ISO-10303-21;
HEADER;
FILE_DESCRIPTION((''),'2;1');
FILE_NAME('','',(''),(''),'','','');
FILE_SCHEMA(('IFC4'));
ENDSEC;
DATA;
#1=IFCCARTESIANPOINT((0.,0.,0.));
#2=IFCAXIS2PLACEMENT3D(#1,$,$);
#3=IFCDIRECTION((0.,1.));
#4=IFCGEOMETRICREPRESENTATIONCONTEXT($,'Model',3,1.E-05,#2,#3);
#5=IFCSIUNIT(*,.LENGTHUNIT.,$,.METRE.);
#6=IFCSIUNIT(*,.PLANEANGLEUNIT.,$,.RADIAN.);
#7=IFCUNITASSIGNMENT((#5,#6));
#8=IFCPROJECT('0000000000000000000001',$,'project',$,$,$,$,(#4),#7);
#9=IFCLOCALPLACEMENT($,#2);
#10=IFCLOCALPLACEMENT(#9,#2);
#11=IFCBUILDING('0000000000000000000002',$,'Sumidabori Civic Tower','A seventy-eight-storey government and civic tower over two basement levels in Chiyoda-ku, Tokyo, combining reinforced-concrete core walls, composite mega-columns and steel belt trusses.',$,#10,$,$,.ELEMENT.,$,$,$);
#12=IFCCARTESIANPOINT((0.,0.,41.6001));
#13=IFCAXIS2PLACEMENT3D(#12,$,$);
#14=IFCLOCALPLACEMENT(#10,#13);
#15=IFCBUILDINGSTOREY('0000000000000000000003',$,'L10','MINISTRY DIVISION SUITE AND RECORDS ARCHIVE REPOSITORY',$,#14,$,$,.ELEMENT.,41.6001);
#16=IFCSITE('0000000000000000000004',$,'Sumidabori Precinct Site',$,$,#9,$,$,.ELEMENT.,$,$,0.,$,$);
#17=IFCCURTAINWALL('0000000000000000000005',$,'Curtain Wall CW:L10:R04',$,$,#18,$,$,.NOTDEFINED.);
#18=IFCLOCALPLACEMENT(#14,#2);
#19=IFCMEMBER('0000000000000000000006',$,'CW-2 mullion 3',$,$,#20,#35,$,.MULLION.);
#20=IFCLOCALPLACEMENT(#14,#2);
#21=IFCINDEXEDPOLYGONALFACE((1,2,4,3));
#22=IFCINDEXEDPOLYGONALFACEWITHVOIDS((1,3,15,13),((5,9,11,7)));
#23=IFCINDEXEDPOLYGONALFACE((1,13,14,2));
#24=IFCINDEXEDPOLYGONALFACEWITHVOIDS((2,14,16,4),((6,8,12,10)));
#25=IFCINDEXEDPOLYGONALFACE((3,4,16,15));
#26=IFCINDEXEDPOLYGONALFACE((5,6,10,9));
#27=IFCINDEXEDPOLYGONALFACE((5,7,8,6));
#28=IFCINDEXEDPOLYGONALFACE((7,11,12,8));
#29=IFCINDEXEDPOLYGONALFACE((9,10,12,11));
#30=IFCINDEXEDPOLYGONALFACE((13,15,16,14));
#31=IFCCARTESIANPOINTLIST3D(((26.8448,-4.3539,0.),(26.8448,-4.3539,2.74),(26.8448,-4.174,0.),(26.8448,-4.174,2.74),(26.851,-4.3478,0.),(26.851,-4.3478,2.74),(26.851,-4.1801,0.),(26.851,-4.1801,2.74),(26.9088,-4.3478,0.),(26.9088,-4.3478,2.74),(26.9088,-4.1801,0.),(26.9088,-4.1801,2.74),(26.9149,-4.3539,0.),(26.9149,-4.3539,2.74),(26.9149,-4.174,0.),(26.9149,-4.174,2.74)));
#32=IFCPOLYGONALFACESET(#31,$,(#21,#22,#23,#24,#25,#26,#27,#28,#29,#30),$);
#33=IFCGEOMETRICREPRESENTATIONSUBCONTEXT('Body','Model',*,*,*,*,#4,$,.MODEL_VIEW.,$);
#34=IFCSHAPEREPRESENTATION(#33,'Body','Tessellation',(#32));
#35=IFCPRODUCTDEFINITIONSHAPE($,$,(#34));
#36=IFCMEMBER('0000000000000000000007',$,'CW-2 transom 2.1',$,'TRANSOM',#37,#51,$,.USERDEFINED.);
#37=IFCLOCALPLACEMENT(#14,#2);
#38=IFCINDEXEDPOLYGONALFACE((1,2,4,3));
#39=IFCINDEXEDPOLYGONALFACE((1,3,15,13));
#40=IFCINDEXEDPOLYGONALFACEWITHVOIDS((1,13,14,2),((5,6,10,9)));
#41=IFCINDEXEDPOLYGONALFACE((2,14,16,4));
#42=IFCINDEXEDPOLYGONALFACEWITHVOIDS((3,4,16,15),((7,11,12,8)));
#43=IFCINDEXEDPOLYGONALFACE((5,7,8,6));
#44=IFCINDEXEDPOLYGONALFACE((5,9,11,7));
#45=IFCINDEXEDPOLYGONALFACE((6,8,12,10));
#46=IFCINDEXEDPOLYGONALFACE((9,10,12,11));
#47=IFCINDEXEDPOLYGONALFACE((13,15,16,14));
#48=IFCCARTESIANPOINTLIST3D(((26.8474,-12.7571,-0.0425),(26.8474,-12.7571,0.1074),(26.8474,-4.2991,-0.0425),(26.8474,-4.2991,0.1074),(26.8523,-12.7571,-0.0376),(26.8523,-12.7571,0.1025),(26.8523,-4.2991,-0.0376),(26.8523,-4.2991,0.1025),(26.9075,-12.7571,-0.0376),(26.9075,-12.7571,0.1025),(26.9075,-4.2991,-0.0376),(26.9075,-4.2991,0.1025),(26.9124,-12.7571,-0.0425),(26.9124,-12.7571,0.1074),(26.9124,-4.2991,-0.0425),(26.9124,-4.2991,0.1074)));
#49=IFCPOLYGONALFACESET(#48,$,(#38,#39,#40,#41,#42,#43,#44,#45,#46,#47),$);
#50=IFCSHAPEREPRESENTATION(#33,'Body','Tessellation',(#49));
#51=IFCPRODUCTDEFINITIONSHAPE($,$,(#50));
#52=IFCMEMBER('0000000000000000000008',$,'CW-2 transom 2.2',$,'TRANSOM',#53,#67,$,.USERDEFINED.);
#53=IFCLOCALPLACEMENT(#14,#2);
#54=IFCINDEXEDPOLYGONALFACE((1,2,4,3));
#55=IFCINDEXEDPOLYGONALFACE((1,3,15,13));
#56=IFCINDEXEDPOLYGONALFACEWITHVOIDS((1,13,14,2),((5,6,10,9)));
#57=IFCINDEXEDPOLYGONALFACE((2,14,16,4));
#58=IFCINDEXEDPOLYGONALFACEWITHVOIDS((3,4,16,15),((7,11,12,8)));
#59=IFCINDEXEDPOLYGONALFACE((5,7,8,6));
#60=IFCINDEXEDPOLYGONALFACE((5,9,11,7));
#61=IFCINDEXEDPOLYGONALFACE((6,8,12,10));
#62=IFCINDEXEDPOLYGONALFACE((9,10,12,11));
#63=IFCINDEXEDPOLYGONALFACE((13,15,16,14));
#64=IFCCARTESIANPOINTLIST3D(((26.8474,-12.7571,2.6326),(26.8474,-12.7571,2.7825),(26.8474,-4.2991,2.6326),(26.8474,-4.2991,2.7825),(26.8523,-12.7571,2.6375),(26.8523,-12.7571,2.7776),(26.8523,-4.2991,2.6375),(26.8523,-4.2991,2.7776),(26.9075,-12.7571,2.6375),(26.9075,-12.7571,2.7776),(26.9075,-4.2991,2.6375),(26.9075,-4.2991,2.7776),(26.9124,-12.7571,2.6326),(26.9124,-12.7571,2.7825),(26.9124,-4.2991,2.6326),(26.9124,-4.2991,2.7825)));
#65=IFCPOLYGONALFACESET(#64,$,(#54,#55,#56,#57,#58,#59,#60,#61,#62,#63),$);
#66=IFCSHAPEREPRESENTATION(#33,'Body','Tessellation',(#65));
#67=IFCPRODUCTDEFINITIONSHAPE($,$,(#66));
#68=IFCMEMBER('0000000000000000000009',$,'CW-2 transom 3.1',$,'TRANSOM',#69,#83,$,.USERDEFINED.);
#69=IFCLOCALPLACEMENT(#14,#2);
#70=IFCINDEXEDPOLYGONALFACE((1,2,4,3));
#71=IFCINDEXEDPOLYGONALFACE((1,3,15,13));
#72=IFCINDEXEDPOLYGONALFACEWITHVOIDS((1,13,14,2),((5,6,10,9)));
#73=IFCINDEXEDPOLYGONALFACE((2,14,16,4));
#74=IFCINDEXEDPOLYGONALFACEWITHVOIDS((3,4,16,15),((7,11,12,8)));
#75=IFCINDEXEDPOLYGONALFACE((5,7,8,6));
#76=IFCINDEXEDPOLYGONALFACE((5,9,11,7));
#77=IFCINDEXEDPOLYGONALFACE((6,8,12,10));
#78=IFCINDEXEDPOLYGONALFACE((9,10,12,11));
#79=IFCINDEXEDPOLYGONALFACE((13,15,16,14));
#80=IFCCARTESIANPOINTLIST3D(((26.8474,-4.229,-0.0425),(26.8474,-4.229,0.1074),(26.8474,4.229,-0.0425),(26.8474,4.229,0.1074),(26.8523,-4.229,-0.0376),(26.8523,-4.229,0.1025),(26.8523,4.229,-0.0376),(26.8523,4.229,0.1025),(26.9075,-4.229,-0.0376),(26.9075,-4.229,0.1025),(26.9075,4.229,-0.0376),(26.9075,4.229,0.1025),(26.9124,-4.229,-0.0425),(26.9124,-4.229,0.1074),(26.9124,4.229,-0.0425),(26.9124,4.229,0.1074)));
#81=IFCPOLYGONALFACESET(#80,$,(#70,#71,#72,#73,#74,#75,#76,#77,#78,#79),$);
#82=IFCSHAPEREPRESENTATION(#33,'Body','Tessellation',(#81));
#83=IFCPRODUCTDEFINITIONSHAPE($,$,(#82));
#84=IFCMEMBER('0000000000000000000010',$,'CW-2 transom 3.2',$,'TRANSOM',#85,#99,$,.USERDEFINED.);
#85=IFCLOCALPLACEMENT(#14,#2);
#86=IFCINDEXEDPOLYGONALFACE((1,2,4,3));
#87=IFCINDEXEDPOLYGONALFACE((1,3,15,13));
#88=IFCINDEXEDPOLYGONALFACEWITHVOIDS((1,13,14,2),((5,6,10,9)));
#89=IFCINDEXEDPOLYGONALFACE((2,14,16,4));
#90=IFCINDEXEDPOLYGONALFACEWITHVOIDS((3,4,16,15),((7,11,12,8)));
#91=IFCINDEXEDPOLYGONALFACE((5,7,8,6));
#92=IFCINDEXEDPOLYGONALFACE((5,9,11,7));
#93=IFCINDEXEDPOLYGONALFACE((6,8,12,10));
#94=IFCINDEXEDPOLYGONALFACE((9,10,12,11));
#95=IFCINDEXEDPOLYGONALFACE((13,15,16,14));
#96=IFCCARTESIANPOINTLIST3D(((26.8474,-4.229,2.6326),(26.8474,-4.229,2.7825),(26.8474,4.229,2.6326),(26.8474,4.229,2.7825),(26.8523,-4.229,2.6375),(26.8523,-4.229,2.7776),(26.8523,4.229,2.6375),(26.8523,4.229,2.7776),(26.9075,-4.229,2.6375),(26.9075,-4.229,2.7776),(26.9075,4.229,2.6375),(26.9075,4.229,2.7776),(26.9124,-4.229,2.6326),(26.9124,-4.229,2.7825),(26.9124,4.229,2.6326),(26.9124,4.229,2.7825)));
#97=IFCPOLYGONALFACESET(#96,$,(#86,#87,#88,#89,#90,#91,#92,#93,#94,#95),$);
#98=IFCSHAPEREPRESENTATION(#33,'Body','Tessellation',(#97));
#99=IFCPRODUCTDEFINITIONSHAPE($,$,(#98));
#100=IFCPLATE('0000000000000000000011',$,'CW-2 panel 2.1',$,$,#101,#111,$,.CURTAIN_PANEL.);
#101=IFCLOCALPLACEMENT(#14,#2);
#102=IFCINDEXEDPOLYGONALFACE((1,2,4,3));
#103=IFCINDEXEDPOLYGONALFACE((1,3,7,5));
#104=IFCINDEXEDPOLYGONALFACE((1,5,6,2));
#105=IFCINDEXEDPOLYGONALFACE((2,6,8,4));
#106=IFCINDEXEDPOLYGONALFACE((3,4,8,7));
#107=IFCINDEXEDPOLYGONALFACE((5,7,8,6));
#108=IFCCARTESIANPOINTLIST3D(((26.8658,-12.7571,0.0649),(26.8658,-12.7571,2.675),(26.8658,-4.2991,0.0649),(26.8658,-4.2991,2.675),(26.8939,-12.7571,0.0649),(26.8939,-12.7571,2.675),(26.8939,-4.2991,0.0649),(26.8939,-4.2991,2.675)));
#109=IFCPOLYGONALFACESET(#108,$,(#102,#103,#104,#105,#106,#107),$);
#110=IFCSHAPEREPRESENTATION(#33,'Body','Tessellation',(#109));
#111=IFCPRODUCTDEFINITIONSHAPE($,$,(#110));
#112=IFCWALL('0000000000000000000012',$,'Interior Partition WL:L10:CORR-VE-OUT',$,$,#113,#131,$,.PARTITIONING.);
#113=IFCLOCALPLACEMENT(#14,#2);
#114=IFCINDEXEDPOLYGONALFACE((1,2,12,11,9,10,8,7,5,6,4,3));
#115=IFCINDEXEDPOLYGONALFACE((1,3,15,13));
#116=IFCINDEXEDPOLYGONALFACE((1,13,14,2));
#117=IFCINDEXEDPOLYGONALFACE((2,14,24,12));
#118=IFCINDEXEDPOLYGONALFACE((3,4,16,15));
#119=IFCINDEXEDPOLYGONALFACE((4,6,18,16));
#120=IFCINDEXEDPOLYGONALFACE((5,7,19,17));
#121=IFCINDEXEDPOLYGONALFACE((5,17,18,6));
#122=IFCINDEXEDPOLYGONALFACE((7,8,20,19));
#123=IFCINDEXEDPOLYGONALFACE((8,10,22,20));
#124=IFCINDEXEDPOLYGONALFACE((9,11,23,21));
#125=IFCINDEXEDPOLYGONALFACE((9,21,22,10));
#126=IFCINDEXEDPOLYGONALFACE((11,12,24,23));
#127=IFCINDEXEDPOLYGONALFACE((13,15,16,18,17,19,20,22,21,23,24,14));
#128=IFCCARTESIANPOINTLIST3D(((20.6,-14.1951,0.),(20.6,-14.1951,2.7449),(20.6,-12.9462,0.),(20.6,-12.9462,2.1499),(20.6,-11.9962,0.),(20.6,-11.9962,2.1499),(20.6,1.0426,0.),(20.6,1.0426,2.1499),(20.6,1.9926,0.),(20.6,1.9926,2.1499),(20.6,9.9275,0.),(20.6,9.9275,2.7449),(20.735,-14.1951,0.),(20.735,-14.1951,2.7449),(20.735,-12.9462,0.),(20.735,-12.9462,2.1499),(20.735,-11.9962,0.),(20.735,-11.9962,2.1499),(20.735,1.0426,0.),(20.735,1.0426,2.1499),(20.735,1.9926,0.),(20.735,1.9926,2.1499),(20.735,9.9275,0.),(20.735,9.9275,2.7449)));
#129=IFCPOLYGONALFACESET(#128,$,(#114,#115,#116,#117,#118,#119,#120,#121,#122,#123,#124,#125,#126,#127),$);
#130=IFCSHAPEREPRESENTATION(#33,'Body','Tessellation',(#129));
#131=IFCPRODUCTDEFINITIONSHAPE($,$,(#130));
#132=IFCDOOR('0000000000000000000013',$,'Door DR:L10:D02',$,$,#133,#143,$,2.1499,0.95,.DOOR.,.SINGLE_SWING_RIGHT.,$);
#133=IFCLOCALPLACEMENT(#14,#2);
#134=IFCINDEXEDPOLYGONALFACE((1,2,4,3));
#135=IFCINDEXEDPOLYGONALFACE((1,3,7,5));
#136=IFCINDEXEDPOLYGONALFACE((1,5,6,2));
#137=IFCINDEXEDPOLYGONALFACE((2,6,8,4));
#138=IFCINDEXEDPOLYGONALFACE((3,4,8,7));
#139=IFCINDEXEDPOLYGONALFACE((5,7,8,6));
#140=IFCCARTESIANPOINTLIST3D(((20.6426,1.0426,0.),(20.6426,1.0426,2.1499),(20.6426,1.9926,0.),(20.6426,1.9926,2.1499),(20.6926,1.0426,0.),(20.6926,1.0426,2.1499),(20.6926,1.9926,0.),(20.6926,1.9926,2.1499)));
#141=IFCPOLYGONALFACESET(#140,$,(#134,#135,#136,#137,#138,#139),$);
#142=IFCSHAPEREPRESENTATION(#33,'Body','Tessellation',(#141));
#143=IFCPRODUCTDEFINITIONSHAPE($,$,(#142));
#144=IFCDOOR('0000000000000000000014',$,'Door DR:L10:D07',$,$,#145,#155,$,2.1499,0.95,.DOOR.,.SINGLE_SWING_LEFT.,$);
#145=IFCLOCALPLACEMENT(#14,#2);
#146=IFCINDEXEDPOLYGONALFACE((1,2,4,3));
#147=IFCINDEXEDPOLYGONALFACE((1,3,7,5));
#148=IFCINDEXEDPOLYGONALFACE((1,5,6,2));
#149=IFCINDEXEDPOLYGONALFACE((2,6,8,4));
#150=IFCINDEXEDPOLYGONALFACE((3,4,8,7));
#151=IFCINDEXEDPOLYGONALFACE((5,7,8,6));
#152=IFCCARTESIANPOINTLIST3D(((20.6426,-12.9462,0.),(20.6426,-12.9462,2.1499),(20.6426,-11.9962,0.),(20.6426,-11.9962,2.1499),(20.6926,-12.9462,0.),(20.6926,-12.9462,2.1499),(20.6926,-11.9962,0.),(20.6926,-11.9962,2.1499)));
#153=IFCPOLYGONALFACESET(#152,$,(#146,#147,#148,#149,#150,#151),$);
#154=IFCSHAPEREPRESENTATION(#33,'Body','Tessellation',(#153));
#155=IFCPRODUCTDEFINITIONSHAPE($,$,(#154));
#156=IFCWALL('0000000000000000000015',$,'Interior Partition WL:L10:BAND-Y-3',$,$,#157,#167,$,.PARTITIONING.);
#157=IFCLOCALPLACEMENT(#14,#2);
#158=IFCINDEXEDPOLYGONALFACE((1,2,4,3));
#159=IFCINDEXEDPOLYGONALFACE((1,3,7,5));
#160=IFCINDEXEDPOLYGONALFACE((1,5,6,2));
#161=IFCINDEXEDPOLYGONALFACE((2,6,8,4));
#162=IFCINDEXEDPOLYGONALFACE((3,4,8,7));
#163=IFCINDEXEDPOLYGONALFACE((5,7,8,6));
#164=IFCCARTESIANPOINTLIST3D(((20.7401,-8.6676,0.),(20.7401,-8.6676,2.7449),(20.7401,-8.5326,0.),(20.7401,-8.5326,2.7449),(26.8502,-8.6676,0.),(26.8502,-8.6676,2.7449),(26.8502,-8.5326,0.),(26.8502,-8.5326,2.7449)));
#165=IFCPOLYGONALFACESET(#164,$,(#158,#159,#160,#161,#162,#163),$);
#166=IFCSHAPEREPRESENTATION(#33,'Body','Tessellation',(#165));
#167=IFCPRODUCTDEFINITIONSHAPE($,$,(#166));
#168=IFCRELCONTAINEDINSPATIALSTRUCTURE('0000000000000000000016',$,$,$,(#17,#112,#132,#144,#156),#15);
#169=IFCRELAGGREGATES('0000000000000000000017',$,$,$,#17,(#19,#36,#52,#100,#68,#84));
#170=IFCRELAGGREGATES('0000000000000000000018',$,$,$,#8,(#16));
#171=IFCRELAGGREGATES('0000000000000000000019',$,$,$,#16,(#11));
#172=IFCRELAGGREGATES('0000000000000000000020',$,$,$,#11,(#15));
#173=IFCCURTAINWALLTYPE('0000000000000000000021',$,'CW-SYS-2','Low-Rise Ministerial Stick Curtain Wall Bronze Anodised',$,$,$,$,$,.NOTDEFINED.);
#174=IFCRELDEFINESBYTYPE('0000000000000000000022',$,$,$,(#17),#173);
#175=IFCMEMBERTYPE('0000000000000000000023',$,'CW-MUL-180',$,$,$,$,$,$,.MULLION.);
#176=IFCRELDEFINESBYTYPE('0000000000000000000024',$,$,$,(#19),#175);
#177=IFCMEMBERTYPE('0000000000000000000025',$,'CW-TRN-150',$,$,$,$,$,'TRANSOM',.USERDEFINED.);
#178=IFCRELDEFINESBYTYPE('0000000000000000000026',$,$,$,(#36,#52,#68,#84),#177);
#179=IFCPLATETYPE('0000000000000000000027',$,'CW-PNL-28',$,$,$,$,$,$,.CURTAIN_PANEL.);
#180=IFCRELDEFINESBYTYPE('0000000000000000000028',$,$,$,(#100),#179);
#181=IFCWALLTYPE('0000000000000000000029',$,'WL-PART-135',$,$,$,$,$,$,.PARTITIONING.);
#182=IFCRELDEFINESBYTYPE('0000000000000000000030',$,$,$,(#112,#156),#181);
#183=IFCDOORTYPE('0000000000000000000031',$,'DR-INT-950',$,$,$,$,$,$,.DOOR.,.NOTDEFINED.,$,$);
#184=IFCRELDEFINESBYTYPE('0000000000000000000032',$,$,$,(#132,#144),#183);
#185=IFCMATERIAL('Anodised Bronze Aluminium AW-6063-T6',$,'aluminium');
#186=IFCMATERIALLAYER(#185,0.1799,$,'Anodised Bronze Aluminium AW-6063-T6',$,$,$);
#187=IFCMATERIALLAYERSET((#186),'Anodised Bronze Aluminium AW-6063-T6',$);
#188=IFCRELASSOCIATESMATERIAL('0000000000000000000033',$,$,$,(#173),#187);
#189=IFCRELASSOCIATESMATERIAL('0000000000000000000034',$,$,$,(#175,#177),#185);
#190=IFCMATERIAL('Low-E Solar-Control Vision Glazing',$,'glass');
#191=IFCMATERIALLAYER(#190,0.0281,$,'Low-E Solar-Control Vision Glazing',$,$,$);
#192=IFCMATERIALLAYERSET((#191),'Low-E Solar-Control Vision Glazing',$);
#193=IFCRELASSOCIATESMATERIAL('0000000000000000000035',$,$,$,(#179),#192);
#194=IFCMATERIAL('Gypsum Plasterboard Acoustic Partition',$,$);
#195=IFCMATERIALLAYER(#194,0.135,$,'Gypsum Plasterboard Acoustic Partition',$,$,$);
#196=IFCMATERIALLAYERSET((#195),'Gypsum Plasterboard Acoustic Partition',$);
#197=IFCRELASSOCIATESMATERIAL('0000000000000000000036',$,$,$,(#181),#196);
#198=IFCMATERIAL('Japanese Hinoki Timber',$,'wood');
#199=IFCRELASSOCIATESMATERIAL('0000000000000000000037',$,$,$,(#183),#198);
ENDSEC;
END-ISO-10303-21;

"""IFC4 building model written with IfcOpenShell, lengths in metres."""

from ifc_helpers import new_model, si_unit, direction, frame, frame_2d, origin, origin_2d, place, context, subcontext, project, spatial, rectangle, hollow_rectangle, extrude, source, transform, mapped, material, layer, layer_set, material_profile, profile_set, type_object, element, fill, aggregate, save


model = new_model("IFC4")

# Units and contexts
model_context = context("Model", 3, precision=1e-05, world=origin(), true_north=direction((0.0, 1.0)))
body_context = subcontext(model_context, "Body", "Model", "MODEL_VIEW")
ifc_project = project(units=[si_unit("LENGTHUNIT", "METRE"), si_unit("PLANEANGLEUNIT", "RADIAN")], contexts=[model_context])

# Site, building, storey
site_placement = place(None, origin())
site = spatial("IfcSite", under=ifc_project, at=site_placement, Name="Sumidabori Precinct Site", CompositionType="ELEMENT", RefElevation=0.0)
building_placement = place(site_placement, origin())
building = spatial("IfcBuilding", under=site, at=building_placement, Name="Sumidabori Civic Tower", Description="A seventy-eight-storey government and civic tower over two basement levels in Chiyoda-ku, Tokyo, combining reinforced-concrete core walls, composite mega-columns and steel belt trusses.", CompositionType="ELEMENT")
storey_placement = place(building_placement, frame((0.0, 0.0, 41.6001)))
storey = spatial("IfcBuildingStorey", under=building, at=storey_placement, Name="L10", Description="MINISTRY DIVISION SUITE AND RECORDS ARCHIVE REPOSITORY", CompositionType="ELEMENT", Elevation=41.6001)

# Curtain wall, members, plate
ifc_material_1 = material(Name="Anodised Bronze Aluminium AW-6063-T6", Category="aluminium")
ifc_layer_1 = layer(ifc_material_1, 0.1799, Name="Anodised Bronze Aluminium AW-6063-T6")
ifc_layer_set_1 = layer_set([ifc_layer_1], Name="Anodised Bronze Aluminium AW-6063-T6")
curtain_wall_type = type_object("IfcCurtainWallType", Name="CW-SYS-2", Description="Low-Rise Ministerial Stick Curtain Wall Bronze Anodised", PredefinedType="NOTDEFINED", material=ifc_layer_set_1)
curtain_wall_placement = place(storey_placement, origin())
curtain_wall = element("IfcCurtainWall", 1, at=curtain_wall_placement, inside=storey, type_object=curtain_wall_type, Name="Curtain Wall CW:L10:R04", PredefinedType="NOTDEFINED")
ifc_material_profile_1 = material_profile(ifc_material_1, hollow_rectangle(XDim=0.0701, YDim=0.1799, WallThickness=0.0061, at=origin_2d()), Name="ALU MULLION 180x70")
ifc_profile_set_1 = profile_set([ifc_material_profile_1], Name="Anodised Bronze Aluminium AW-6063-T6")
member_type_1 = type_object("IfcMemberType", Name="CW-MUL-180", PredefinedType="MULLION", material=ifc_profile_set_1)
shared_shape_1 = source(origin(), body_context, "Body", "SweptSolid", [
    extrude(hollow_rectangle(XDim=0.0701, YDim=0.1799, WallThickness=0.0061, at=origin_2d()), origin(), (0.0, 0.0, 1.0), 2.74),
])
member_1_placement = place(storey_placement, frame((26.8799, -4.2639, 0.0), z_axis=(0.0, 0.0, 1.0), x_axis=(-1.0, 0.0, 0.0)))
member_1 = element("IfcMember", 2, at=member_1_placement, type_object=member_type_1, Name="CW-2 mullion 3", PredefinedType="MULLION", context=body_context, shape_type="MappedRepresentation", body=[
    mapped(shared_shape_1, transform((0.0, 0.0, 0.0), x_axis=(1.0, 0.0, 0.0), y_axis=(0.0, 1.0, 0.0), z_axis=(0.0, 0.0, 1.0), scale=1.0)),
])
ifc_material_profile_2 = material_profile(ifc_material_1, hollow_rectangle(XDim=0.0649, YDim=0.1499, WallThickness=0.0049, at=origin_2d()), Name="ALU TRANSOM 150x65")
ifc_profile_set_2 = profile_set([ifc_material_profile_2], Name="Anodised Bronze Aluminium AW-6063-T6")
member_type_2 = type_object("IfcMemberType", Name="CW-TRN-150", ElementType="TRANSOM", PredefinedType="USERDEFINED", material=ifc_profile_set_2)
shared_shape_2 = source(origin(), body_context, "Body", "SweptSolid", [
    extrude(hollow_rectangle(XDim=0.0649, YDim=0.1499, WallThickness=0.0049, at=origin_2d()), origin(), (0.0, 0.0, 1.0), 8.458),
])
member_2_placement = place(storey_placement, frame((26.8799, -12.7571, 0.0325), z_axis=(0.0, 1.0, 0.0), x_axis=(-1.0, 0.0, 0.0)))
member_2 = element("IfcMember", 3, at=member_2_placement, type_object=member_type_2, Name="CW-2 transom 2.1", ObjectType="TRANSOM", PredefinedType="USERDEFINED", context=body_context, shape_type="MappedRepresentation", body=[
    mapped(shared_shape_2, transform((0.0, 0.0, 0.0), x_axis=(1.0, 0.0, 0.0), y_axis=(0.0, 1.0, 0.0), z_axis=(0.0, 0.0, 1.0), scale=1.0)),
])
member_3_placement = place(storey_placement, frame((26.8799, -12.7571, 2.7075), z_axis=(0.0, 1.0, 0.0), x_axis=(-1.0, 0.0, 0.0)))
member_3 = element("IfcMember", 4, at=member_3_placement, type_object=member_type_2, Name="CW-2 transom 2.2", ObjectType="TRANSOM", PredefinedType="USERDEFINED", context=body_context, shape_type="MappedRepresentation", body=[
    mapped(shared_shape_2, transform((0.0, 0.0, 0.0), x_axis=(1.0, 0.0, 0.0), y_axis=(0.0, 1.0, 0.0), z_axis=(0.0, 0.0, 1.0), scale=1.0)),
])
member_4_placement = place(storey_placement, frame((26.8799, -4.229, 0.0325), z_axis=(0.0, 1.0, 0.0), x_axis=(-1.0, 0.0, 0.0)))
member_4 = element("IfcMember", 5, at=member_4_placement, type_object=member_type_2, Name="CW-2 transom 3.1", ObjectType="TRANSOM", PredefinedType="USERDEFINED", context=body_context, shape_type="MappedRepresentation", body=[
    mapped(shared_shape_2, transform((0.0, 0.0, 0.0), x_axis=(1.0, 0.0, 0.0), y_axis=(0.0, 1.0, 0.0), z_axis=(0.0, 0.0, 1.0), scale=1.0)),
])
member_5_placement = place(storey_placement, frame((26.8799, -4.229, 2.7075), z_axis=(0.0, 1.0, 0.0), x_axis=(-1.0, 0.0, 0.0)))
member_5 = element("IfcMember", 6, at=member_5_placement, type_object=member_type_2, Name="CW-2 transom 3.2", ObjectType="TRANSOM", PredefinedType="USERDEFINED", context=body_context, shape_type="MappedRepresentation", body=[
    mapped(shared_shape_2, transform((0.0, 0.0, 0.0), x_axis=(1.0, 0.0, 0.0), y_axis=(0.0, 1.0, 0.0), z_axis=(0.0, 0.0, 1.0), scale=1.0)),
])
ifc_material_2 = material(Name="Low-E Solar-Control Vision Glazing", Category="glass")
ifc_layer_2 = layer(ifc_material_2, 0.0281, Name="Low-E Solar-Control Vision Glazing")
ifc_layer_set_2 = layer_set([ifc_layer_2], Name="Low-E Solar-Control Vision Glazing")
plate_type = type_object("IfcPlateType", Name="CW-PNL-28", PredefinedType="CURTAIN_PANEL", material=ifc_layer_set_2)
shared_shape_3 = source(origin(), body_context, "Body", "SweptSolid", [
    extrude(rectangle(XDim=8.458, YDim=0.0281, at=origin_2d()), origin(), (0.0, 0.0, 1.0), 2.6101),
])
plate_placement = place(storey_placement, frame((26.8799, -8.5281, 0.0649), z_axis=(0.0, 0.0, 1.0), x_axis=(0.0, 1.0, 0.0)))
plate = element("IfcPlate", 7, at=plate_placement, type_object=plate_type, Name="CW-2 panel 2.1", PredefinedType="CURTAIN_PANEL", context=body_context, shape_type="MappedRepresentation", body=[
    mapped(shared_shape_3, transform((0.0, 0.0, 0.0), x_axis=(1.0, 0.0, 0.0), y_axis=(0.0, 1.0, 0.0), z_axis=(0.0, 0.0, 1.0), scale=1.0)),
])
aggregate(curtain_wall, [member_1, member_2, member_3, plate, member_4, member_5])

# Wall, openings, doors
ifc_material_3 = material(Name="Gypsum Plasterboard Acoustic Partition")
ifc_layer_3 = layer(ifc_material_3, 0.135, Name="Gypsum Plasterboard Acoustic Partition")
ifc_layer_set_3 = layer_set([ifc_layer_3], Name="Gypsum Plasterboard Acoustic Partition")
wall_type = type_object("IfcWallType", Name="WL-PART-135", PredefinedType="PARTITIONING", material=ifc_layer_set_3)
shared_shape_4 = source(origin(), body_context, "Body", "SweptSolid", [
    extrude(rectangle(XDim=24.1226, YDim=0.135, at=frame_2d((12.0613, 0.0))), origin(), (0.0, 0.0, 1.0), 2.7449),
])
wall_1_placement = place(storey_placement, frame((20.6675, -14.1951, 0.0), z_axis=(0.0, 0.0, 1.0), x_axis=(0.0, 1.0, 0.0)))
wall_1 = element("IfcWall", 8, at=wall_1_placement, inside=storey, type_object=wall_type, Name="Interior Partition WL:L10:CORR-VE-OUT", PredefinedType="PARTITIONING", context=body_context, shape_type="MappedRepresentation", body=[
    mapped(shared_shape_4, transform((0.0, 0.0, 0.0), x_axis=(1.0, 0.0, 0.0), y_axis=(0.0, 1.0, 0.0), z_axis=(0.0, 0.0, 1.0), scale=1.0)),
])
opening_1_placement = place(wall_1_placement, frame((15.2375, 0.0, 0.0)))
opening_1 = element("IfcOpeningElement", 9, at=opening_1_placement, cuts=wall_1, PredefinedType="OPENING", context=body_context, shape_type="SweptSolid", body=[
    extrude(rectangle(XDim=0.95, YDim=2.1499, at=frame_2d((0.4751, 1.075))), frame((0.0, 0.0796, 0.0), z_axis=(0.0, -1.0, 0.0), x_axis=(1.0, 0.0, 0.0)), (0.0, 0.0, 1.0), 0.1589),
])
opening_2_placement = place(wall_1_placement, frame((1.2488, 0.0, 0.0)))
opening_2 = element("IfcOpeningElement", 10, at=opening_2_placement, cuts=wall_1, PredefinedType="OPENING", context=body_context, shape_type="SweptSolid", body=[
    extrude(rectangle(XDim=0.95, YDim=2.1499, at=frame_2d((0.4751, 1.075))), frame((0.0, 0.0796, 0.0), z_axis=(0.0, -1.0, 0.0), x_axis=(1.0, 0.0, 0.0)), (0.0, 0.0, 1.0), 0.1589),
])
ifc_material_4 = material(Name="Japanese Hinoki Timber", Category="wood")
door_type = type_object("IfcDoorType", Name="DR-INT-950", OperationType="NOTDEFINED", PredefinedType="DOOR", material=ifc_material_4)
shared_shape_5 = source(origin(), body_context, "Body", "SweptSolid", [
    extrude(rectangle(XDim=0.95, YDim=2.1499, at=frame_2d((0.4751, 1.075))), frame((0.0, 0.0249, 0.0), z_axis=(0.0, -1.0, 0.0), x_axis=(1.0, 0.0, 0.0)), (0.0, 0.0, 1.0), 0.05),
])
door_1_placement = place(opening_1_placement, origin())
door_1 = element("IfcDoor", 11, at=door_1_placement, inside=storey, type_object=door_type, Name="Door DR:L10:D02", OperationType="SINGLE_SWING_RIGHT", OverallHeight=2.1499, OverallWidth=0.95, PredefinedType="DOOR", context=body_context, shape_type="MappedRepresentation", body=[
    mapped(shared_shape_5, transform((0.0, 0.0, 0.0), x_axis=(1.0, 0.0, 0.0), y_axis=(0.0, 1.0, 0.0), z_axis=(0.0, 0.0, 1.0), scale=1.0)),
])
fill(opening_1, door_1)
door_2_placement = place(opening_2_placement, origin())
door_2 = element("IfcDoor", 12, at=door_2_placement, inside=storey, type_object=door_type, Name="Door DR:L10:D07", OperationType="SINGLE_SWING_LEFT", OverallHeight=2.1499, OverallWidth=0.95, PredefinedType="DOOR", context=body_context, shape_type="MappedRepresentation", body=[
    mapped(shared_shape_5, transform((0.0, 0.0, 0.0), x_axis=(1.0, 0.0, 0.0), y_axis=(0.0, 1.0, 0.0), z_axis=(0.0, 0.0, 1.0), scale=1.0)),
])
fill(opening_2, door_2)

# Wall
shared_shape_6 = source(origin(), body_context, "Body", "SweptSolid", [
    extrude(rectangle(XDim=6.1101, YDim=0.135, at=frame_2d((3.0552, 0.0))), origin(), (0.0, 0.0, 1.0), 2.7449),
])
wall_2_placement = place(storey_placement, frame((20.74, -8.6001, 0.0), z_axis=(0.0, 0.0, 1.0), x_axis=(1.0, 0.0, 0.0)))
element("IfcWall", 13, at=wall_2_placement, inside=storey, type_object=wall_type, Name="Interior Partition WL:L10:BAND-Y-3", PredefinedType="PARTITIONING", context=body_context, shape_type="MappedRepresentation", body=[
    mapped(shared_shape_6, transform((0.0, 0.0, 0.0), x_axis=(1.0, 0.0, 0.0), y_axis=(0.0, 1.0, 0.0), z_axis=(0.0, 0.0, 1.0), scale=1.0)),
])

save(model, "model.ifc")
